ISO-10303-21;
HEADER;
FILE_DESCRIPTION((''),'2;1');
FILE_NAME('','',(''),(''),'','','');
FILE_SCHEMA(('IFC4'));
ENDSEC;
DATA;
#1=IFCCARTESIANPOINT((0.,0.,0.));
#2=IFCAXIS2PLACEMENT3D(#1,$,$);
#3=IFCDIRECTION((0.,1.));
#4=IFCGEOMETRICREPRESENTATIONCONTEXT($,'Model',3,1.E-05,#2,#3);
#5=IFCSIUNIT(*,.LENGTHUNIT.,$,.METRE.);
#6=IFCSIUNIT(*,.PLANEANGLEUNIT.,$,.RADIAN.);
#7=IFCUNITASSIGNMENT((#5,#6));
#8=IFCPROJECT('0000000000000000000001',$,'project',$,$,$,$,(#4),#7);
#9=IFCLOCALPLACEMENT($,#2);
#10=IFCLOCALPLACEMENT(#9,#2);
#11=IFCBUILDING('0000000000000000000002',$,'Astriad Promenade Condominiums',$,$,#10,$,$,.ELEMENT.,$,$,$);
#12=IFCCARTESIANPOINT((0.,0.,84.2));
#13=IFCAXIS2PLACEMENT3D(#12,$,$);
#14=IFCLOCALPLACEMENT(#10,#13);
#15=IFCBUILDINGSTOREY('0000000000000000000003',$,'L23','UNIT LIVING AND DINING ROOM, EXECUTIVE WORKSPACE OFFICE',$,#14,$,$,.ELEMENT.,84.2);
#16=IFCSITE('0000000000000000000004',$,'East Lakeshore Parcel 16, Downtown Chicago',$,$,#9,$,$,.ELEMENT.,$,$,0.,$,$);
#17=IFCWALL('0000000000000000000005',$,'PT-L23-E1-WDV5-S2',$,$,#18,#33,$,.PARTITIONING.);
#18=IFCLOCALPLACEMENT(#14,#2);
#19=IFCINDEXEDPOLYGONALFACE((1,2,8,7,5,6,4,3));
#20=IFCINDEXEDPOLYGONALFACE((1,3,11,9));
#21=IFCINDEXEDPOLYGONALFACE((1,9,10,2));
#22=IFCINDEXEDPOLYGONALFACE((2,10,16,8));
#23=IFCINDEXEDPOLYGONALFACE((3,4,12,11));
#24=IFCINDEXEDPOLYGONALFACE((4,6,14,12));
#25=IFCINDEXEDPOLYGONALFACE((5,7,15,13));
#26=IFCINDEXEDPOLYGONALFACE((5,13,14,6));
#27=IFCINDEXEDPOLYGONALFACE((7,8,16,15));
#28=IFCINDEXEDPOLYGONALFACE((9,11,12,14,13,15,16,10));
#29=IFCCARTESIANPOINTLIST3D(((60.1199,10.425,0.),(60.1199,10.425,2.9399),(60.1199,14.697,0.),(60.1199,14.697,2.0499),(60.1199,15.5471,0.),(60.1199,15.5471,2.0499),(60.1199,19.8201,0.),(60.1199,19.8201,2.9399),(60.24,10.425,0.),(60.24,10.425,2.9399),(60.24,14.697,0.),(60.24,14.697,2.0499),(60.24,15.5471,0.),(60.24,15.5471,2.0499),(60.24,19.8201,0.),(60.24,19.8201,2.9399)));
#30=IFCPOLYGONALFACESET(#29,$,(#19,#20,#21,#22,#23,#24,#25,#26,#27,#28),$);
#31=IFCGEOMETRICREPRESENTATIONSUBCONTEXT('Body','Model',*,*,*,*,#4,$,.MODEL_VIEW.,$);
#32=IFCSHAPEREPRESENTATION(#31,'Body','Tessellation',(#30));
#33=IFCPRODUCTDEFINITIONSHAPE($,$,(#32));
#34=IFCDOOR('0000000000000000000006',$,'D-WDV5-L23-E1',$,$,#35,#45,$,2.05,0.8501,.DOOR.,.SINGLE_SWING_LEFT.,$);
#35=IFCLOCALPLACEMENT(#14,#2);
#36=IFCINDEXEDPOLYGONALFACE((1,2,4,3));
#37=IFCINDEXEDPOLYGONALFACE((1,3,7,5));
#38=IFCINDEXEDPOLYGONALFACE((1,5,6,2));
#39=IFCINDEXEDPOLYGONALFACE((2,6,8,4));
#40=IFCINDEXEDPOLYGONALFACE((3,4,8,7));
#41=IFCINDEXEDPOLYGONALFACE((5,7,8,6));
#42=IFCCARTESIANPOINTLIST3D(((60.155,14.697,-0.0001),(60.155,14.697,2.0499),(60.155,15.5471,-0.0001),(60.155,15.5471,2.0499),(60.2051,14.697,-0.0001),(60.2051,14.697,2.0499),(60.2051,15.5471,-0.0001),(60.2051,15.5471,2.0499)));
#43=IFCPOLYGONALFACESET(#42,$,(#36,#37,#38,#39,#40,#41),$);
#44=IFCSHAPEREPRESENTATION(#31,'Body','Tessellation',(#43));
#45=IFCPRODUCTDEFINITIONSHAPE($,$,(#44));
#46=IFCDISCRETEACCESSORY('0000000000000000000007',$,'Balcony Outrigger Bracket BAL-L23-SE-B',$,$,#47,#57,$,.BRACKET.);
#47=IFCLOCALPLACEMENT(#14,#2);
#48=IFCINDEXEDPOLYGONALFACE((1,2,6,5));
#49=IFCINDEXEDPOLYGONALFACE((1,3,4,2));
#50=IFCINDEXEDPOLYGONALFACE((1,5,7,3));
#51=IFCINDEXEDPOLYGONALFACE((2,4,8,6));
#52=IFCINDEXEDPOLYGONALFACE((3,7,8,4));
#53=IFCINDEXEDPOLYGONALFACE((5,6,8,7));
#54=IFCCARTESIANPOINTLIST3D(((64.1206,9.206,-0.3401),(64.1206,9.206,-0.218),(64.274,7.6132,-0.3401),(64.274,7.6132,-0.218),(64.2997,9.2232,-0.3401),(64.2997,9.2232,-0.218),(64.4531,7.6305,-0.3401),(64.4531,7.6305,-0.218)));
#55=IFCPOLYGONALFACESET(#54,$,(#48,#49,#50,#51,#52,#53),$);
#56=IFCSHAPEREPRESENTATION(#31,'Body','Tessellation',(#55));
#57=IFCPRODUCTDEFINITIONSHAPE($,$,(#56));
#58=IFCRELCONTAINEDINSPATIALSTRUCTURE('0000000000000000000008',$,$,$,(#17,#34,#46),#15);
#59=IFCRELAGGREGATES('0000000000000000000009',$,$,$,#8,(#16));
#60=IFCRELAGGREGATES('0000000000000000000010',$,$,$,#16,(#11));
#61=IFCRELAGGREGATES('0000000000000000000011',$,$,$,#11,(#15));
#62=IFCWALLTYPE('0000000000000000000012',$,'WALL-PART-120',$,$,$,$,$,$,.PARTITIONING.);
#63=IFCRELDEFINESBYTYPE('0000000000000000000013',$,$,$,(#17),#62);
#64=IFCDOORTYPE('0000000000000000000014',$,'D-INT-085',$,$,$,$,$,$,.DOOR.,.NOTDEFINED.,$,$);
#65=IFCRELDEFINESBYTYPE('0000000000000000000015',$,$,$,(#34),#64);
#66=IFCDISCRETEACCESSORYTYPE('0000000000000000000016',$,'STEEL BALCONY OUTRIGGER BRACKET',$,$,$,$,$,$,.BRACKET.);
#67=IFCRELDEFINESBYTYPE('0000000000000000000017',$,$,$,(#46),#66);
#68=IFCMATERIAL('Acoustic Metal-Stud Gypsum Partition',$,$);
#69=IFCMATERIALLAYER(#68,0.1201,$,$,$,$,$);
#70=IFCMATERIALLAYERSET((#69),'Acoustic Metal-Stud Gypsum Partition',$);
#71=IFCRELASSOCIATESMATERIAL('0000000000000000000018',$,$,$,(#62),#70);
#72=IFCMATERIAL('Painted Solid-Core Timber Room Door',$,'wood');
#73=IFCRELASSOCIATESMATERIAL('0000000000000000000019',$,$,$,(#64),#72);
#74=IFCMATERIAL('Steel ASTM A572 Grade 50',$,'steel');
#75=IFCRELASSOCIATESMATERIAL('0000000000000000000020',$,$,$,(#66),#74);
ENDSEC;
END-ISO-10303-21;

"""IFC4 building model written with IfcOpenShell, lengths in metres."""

from ifc_helpers import new_model, si_unit, direction, frame, frame_2d, origin, origin_2d, place, context, subcontext, project, spatial, rectangle, extrude, source, transform, mapped, material, layer, layer_set, type_object, type_shapes, element, fill, save


model = new_model("IFC4")

# Units and contexts
model_context = context("Model", 3, precision=1e-05, world=origin(), true_north=direction((0.0, 1.0)))
body_context = subcontext(model_context, "Body", "Model", "MODEL_VIEW")
ifc_project = project(units=[si_unit("LENGTHUNIT", "METRE"), si_unit("PLANEANGLEUNIT", "RADIAN")], contexts=[model_context])

# Site, building, storey
site_placement = place(None, origin())
site = spatial("IfcSite", under=ifc_project, at=site_placement, Name="East Lakeshore Parcel 16, Downtown Chicago", CompositionType="ELEMENT", RefElevation=0.0)
building_placement = place(site_placement, origin())
building = spatial("IfcBuilding", under=site, at=building_placement, Name="Astriad Promenade Condominiums", CompositionType="ELEMENT")
storey_placement = place(building_placement, frame((0.0, 0.0, 84.2)))
storey = spatial("IfcBuildingStorey", under=building, at=storey_placement, Name="L23", Description="UNIT LIVING AND DINING ROOM, EXECUTIVE WORKSPACE OFFICE", CompositionType="ELEMENT", Elevation=84.2)

# Shared definitions
ifc_material_1 = material(Name="Acoustic Metal-Stud Gypsum Partition")
ifc_layer_1 = layer(ifc_material_1, 0.1201)
ifc_layer_set_1 = layer_set([ifc_layer_1], Name="Acoustic Metal-Stud Gypsum Partition")
wall_type_1 = type_object("IfcWallType", Name="WALL-PART-120", PredefinedType="PARTITIONING", material=ifc_layer_set_1)
ifc_material_2 = material(Name="Painted Solid-Core Timber Room Door", Category="wood")
door_type_1 = type_object("IfcDoorType", Name="D-INT-085", OperationType="NOTDEFINED", PredefinedType="DOOR", material=ifc_material_2)
shared_shape_1 = source(origin(), body_context, "Body", "SweptSolid", [
    extrude(rectangle(XDim=0.8501, YDim=2.05, at=frame_2d((0.425, 1.0249))), frame((0.0, 0.0249, 0.0), z_axis=(0.0, -1.0, 0.0), x_axis=(1.0, 0.0, 0.0)), (0.0, 0.0, 1.0), 0.05),
])
type_shapes(door_type_1, [shared_shape_1])

# Wall, opening, door
wall_1_placement = place(storey_placement, frame((60.1799, 10.425, 0.0), z_axis=(0.0, 0.0, 1.0), x_axis=(0.0, 1.0, 0.0)))
wall_1 = element("IfcWall", 1, at=wall_1_placement, inside=storey, type_object=wall_type_1, Name="PT-L23-E1-WDV5-S2", PredefinedType="PARTITIONING", context=body_context, shape_type="SweptSolid", body=[
    extrude(rectangle(XDim=9.395, YDim=0.1201, at=frame_2d((4.6975, 0.0))), origin(), (0.0, 0.0, 1.0), 2.9399),
])
opening_1_placement = place(wall_1_placement, frame((4.272, 0.0, 0.0)))
opening_1 = element("IfcOpeningElement", 2, at=opening_1_placement, cuts=wall_1, PredefinedType="OPENING", context=body_context, shape_type="SweptSolid", body=[
    extrude(rectangle(XDim=0.8501, YDim=2.05, at=frame_2d((0.425, 1.0249))), frame((0.0, 0.0701, 0.0), z_axis=(0.0, -1.0, 0.0), x_axis=(1.0, 0.0, 0.0)), (0.0, 0.0, 1.0), 0.1401),
])
door_1_placement = place(opening_1_placement, origin())
door_1 = element("IfcDoor", 3, at=door_1_placement, inside=storey, type_object=door_type_1, Name="D-WDV5-L23-E1", OperationType="SINGLE_SWING_LEFT", OverallHeight=2.05, OverallWidth=0.8501, PredefinedType="DOOR", context=body_context, shape_type="MappedRepresentation", body=[
    mapped(shared_shape_1, transform((0.0, 0.0, 0.0), scale=1.0)),
])
fill(opening_1, door_1)

# Discrete accessory
ifc_material_3 = material(Name="Steel ASTM A572 Grade 50", Category="steel")
discrete_accessory_type = type_object("IfcDiscreteAccessoryType", Name="STEEL BALCONY OUTRIGGER BRACKET", PredefinedType="BRACKET", material=ifc_material_3)
shared_shape_2 = source(origin(), body_context, "Body", "SweptSolid", [
    extrude(rectangle(XDim=1.6001, YDim=0.1799, at=origin_2d()), origin(), (0.0, 0.0, 1.0), 0.1221),
])
type_shapes(discrete_accessory_type, [shared_shape_2])
discrete_accessory_placement = place(storey_placement, frame((64.2869, 8.4182, -0.3401), z_axis=(0.0, 0.0, 1.0), x_axis=(0.095846, -0.995396, 0.0)))
element("IfcDiscreteAccessory", 4, at=discrete_accessory_placement, inside=storey, type_object=discrete_accessory_type, Name="Balcony Outrigger Bracket BAL-L23-SE-B", PredefinedType="BRACKET", context=body_context, shape_type="MappedRepresentation", body=[
    mapped(shared_shape_2, transform((0.0, 0.0, 0.0), scale=1.0)),
])

save(model, "model.ifc")
